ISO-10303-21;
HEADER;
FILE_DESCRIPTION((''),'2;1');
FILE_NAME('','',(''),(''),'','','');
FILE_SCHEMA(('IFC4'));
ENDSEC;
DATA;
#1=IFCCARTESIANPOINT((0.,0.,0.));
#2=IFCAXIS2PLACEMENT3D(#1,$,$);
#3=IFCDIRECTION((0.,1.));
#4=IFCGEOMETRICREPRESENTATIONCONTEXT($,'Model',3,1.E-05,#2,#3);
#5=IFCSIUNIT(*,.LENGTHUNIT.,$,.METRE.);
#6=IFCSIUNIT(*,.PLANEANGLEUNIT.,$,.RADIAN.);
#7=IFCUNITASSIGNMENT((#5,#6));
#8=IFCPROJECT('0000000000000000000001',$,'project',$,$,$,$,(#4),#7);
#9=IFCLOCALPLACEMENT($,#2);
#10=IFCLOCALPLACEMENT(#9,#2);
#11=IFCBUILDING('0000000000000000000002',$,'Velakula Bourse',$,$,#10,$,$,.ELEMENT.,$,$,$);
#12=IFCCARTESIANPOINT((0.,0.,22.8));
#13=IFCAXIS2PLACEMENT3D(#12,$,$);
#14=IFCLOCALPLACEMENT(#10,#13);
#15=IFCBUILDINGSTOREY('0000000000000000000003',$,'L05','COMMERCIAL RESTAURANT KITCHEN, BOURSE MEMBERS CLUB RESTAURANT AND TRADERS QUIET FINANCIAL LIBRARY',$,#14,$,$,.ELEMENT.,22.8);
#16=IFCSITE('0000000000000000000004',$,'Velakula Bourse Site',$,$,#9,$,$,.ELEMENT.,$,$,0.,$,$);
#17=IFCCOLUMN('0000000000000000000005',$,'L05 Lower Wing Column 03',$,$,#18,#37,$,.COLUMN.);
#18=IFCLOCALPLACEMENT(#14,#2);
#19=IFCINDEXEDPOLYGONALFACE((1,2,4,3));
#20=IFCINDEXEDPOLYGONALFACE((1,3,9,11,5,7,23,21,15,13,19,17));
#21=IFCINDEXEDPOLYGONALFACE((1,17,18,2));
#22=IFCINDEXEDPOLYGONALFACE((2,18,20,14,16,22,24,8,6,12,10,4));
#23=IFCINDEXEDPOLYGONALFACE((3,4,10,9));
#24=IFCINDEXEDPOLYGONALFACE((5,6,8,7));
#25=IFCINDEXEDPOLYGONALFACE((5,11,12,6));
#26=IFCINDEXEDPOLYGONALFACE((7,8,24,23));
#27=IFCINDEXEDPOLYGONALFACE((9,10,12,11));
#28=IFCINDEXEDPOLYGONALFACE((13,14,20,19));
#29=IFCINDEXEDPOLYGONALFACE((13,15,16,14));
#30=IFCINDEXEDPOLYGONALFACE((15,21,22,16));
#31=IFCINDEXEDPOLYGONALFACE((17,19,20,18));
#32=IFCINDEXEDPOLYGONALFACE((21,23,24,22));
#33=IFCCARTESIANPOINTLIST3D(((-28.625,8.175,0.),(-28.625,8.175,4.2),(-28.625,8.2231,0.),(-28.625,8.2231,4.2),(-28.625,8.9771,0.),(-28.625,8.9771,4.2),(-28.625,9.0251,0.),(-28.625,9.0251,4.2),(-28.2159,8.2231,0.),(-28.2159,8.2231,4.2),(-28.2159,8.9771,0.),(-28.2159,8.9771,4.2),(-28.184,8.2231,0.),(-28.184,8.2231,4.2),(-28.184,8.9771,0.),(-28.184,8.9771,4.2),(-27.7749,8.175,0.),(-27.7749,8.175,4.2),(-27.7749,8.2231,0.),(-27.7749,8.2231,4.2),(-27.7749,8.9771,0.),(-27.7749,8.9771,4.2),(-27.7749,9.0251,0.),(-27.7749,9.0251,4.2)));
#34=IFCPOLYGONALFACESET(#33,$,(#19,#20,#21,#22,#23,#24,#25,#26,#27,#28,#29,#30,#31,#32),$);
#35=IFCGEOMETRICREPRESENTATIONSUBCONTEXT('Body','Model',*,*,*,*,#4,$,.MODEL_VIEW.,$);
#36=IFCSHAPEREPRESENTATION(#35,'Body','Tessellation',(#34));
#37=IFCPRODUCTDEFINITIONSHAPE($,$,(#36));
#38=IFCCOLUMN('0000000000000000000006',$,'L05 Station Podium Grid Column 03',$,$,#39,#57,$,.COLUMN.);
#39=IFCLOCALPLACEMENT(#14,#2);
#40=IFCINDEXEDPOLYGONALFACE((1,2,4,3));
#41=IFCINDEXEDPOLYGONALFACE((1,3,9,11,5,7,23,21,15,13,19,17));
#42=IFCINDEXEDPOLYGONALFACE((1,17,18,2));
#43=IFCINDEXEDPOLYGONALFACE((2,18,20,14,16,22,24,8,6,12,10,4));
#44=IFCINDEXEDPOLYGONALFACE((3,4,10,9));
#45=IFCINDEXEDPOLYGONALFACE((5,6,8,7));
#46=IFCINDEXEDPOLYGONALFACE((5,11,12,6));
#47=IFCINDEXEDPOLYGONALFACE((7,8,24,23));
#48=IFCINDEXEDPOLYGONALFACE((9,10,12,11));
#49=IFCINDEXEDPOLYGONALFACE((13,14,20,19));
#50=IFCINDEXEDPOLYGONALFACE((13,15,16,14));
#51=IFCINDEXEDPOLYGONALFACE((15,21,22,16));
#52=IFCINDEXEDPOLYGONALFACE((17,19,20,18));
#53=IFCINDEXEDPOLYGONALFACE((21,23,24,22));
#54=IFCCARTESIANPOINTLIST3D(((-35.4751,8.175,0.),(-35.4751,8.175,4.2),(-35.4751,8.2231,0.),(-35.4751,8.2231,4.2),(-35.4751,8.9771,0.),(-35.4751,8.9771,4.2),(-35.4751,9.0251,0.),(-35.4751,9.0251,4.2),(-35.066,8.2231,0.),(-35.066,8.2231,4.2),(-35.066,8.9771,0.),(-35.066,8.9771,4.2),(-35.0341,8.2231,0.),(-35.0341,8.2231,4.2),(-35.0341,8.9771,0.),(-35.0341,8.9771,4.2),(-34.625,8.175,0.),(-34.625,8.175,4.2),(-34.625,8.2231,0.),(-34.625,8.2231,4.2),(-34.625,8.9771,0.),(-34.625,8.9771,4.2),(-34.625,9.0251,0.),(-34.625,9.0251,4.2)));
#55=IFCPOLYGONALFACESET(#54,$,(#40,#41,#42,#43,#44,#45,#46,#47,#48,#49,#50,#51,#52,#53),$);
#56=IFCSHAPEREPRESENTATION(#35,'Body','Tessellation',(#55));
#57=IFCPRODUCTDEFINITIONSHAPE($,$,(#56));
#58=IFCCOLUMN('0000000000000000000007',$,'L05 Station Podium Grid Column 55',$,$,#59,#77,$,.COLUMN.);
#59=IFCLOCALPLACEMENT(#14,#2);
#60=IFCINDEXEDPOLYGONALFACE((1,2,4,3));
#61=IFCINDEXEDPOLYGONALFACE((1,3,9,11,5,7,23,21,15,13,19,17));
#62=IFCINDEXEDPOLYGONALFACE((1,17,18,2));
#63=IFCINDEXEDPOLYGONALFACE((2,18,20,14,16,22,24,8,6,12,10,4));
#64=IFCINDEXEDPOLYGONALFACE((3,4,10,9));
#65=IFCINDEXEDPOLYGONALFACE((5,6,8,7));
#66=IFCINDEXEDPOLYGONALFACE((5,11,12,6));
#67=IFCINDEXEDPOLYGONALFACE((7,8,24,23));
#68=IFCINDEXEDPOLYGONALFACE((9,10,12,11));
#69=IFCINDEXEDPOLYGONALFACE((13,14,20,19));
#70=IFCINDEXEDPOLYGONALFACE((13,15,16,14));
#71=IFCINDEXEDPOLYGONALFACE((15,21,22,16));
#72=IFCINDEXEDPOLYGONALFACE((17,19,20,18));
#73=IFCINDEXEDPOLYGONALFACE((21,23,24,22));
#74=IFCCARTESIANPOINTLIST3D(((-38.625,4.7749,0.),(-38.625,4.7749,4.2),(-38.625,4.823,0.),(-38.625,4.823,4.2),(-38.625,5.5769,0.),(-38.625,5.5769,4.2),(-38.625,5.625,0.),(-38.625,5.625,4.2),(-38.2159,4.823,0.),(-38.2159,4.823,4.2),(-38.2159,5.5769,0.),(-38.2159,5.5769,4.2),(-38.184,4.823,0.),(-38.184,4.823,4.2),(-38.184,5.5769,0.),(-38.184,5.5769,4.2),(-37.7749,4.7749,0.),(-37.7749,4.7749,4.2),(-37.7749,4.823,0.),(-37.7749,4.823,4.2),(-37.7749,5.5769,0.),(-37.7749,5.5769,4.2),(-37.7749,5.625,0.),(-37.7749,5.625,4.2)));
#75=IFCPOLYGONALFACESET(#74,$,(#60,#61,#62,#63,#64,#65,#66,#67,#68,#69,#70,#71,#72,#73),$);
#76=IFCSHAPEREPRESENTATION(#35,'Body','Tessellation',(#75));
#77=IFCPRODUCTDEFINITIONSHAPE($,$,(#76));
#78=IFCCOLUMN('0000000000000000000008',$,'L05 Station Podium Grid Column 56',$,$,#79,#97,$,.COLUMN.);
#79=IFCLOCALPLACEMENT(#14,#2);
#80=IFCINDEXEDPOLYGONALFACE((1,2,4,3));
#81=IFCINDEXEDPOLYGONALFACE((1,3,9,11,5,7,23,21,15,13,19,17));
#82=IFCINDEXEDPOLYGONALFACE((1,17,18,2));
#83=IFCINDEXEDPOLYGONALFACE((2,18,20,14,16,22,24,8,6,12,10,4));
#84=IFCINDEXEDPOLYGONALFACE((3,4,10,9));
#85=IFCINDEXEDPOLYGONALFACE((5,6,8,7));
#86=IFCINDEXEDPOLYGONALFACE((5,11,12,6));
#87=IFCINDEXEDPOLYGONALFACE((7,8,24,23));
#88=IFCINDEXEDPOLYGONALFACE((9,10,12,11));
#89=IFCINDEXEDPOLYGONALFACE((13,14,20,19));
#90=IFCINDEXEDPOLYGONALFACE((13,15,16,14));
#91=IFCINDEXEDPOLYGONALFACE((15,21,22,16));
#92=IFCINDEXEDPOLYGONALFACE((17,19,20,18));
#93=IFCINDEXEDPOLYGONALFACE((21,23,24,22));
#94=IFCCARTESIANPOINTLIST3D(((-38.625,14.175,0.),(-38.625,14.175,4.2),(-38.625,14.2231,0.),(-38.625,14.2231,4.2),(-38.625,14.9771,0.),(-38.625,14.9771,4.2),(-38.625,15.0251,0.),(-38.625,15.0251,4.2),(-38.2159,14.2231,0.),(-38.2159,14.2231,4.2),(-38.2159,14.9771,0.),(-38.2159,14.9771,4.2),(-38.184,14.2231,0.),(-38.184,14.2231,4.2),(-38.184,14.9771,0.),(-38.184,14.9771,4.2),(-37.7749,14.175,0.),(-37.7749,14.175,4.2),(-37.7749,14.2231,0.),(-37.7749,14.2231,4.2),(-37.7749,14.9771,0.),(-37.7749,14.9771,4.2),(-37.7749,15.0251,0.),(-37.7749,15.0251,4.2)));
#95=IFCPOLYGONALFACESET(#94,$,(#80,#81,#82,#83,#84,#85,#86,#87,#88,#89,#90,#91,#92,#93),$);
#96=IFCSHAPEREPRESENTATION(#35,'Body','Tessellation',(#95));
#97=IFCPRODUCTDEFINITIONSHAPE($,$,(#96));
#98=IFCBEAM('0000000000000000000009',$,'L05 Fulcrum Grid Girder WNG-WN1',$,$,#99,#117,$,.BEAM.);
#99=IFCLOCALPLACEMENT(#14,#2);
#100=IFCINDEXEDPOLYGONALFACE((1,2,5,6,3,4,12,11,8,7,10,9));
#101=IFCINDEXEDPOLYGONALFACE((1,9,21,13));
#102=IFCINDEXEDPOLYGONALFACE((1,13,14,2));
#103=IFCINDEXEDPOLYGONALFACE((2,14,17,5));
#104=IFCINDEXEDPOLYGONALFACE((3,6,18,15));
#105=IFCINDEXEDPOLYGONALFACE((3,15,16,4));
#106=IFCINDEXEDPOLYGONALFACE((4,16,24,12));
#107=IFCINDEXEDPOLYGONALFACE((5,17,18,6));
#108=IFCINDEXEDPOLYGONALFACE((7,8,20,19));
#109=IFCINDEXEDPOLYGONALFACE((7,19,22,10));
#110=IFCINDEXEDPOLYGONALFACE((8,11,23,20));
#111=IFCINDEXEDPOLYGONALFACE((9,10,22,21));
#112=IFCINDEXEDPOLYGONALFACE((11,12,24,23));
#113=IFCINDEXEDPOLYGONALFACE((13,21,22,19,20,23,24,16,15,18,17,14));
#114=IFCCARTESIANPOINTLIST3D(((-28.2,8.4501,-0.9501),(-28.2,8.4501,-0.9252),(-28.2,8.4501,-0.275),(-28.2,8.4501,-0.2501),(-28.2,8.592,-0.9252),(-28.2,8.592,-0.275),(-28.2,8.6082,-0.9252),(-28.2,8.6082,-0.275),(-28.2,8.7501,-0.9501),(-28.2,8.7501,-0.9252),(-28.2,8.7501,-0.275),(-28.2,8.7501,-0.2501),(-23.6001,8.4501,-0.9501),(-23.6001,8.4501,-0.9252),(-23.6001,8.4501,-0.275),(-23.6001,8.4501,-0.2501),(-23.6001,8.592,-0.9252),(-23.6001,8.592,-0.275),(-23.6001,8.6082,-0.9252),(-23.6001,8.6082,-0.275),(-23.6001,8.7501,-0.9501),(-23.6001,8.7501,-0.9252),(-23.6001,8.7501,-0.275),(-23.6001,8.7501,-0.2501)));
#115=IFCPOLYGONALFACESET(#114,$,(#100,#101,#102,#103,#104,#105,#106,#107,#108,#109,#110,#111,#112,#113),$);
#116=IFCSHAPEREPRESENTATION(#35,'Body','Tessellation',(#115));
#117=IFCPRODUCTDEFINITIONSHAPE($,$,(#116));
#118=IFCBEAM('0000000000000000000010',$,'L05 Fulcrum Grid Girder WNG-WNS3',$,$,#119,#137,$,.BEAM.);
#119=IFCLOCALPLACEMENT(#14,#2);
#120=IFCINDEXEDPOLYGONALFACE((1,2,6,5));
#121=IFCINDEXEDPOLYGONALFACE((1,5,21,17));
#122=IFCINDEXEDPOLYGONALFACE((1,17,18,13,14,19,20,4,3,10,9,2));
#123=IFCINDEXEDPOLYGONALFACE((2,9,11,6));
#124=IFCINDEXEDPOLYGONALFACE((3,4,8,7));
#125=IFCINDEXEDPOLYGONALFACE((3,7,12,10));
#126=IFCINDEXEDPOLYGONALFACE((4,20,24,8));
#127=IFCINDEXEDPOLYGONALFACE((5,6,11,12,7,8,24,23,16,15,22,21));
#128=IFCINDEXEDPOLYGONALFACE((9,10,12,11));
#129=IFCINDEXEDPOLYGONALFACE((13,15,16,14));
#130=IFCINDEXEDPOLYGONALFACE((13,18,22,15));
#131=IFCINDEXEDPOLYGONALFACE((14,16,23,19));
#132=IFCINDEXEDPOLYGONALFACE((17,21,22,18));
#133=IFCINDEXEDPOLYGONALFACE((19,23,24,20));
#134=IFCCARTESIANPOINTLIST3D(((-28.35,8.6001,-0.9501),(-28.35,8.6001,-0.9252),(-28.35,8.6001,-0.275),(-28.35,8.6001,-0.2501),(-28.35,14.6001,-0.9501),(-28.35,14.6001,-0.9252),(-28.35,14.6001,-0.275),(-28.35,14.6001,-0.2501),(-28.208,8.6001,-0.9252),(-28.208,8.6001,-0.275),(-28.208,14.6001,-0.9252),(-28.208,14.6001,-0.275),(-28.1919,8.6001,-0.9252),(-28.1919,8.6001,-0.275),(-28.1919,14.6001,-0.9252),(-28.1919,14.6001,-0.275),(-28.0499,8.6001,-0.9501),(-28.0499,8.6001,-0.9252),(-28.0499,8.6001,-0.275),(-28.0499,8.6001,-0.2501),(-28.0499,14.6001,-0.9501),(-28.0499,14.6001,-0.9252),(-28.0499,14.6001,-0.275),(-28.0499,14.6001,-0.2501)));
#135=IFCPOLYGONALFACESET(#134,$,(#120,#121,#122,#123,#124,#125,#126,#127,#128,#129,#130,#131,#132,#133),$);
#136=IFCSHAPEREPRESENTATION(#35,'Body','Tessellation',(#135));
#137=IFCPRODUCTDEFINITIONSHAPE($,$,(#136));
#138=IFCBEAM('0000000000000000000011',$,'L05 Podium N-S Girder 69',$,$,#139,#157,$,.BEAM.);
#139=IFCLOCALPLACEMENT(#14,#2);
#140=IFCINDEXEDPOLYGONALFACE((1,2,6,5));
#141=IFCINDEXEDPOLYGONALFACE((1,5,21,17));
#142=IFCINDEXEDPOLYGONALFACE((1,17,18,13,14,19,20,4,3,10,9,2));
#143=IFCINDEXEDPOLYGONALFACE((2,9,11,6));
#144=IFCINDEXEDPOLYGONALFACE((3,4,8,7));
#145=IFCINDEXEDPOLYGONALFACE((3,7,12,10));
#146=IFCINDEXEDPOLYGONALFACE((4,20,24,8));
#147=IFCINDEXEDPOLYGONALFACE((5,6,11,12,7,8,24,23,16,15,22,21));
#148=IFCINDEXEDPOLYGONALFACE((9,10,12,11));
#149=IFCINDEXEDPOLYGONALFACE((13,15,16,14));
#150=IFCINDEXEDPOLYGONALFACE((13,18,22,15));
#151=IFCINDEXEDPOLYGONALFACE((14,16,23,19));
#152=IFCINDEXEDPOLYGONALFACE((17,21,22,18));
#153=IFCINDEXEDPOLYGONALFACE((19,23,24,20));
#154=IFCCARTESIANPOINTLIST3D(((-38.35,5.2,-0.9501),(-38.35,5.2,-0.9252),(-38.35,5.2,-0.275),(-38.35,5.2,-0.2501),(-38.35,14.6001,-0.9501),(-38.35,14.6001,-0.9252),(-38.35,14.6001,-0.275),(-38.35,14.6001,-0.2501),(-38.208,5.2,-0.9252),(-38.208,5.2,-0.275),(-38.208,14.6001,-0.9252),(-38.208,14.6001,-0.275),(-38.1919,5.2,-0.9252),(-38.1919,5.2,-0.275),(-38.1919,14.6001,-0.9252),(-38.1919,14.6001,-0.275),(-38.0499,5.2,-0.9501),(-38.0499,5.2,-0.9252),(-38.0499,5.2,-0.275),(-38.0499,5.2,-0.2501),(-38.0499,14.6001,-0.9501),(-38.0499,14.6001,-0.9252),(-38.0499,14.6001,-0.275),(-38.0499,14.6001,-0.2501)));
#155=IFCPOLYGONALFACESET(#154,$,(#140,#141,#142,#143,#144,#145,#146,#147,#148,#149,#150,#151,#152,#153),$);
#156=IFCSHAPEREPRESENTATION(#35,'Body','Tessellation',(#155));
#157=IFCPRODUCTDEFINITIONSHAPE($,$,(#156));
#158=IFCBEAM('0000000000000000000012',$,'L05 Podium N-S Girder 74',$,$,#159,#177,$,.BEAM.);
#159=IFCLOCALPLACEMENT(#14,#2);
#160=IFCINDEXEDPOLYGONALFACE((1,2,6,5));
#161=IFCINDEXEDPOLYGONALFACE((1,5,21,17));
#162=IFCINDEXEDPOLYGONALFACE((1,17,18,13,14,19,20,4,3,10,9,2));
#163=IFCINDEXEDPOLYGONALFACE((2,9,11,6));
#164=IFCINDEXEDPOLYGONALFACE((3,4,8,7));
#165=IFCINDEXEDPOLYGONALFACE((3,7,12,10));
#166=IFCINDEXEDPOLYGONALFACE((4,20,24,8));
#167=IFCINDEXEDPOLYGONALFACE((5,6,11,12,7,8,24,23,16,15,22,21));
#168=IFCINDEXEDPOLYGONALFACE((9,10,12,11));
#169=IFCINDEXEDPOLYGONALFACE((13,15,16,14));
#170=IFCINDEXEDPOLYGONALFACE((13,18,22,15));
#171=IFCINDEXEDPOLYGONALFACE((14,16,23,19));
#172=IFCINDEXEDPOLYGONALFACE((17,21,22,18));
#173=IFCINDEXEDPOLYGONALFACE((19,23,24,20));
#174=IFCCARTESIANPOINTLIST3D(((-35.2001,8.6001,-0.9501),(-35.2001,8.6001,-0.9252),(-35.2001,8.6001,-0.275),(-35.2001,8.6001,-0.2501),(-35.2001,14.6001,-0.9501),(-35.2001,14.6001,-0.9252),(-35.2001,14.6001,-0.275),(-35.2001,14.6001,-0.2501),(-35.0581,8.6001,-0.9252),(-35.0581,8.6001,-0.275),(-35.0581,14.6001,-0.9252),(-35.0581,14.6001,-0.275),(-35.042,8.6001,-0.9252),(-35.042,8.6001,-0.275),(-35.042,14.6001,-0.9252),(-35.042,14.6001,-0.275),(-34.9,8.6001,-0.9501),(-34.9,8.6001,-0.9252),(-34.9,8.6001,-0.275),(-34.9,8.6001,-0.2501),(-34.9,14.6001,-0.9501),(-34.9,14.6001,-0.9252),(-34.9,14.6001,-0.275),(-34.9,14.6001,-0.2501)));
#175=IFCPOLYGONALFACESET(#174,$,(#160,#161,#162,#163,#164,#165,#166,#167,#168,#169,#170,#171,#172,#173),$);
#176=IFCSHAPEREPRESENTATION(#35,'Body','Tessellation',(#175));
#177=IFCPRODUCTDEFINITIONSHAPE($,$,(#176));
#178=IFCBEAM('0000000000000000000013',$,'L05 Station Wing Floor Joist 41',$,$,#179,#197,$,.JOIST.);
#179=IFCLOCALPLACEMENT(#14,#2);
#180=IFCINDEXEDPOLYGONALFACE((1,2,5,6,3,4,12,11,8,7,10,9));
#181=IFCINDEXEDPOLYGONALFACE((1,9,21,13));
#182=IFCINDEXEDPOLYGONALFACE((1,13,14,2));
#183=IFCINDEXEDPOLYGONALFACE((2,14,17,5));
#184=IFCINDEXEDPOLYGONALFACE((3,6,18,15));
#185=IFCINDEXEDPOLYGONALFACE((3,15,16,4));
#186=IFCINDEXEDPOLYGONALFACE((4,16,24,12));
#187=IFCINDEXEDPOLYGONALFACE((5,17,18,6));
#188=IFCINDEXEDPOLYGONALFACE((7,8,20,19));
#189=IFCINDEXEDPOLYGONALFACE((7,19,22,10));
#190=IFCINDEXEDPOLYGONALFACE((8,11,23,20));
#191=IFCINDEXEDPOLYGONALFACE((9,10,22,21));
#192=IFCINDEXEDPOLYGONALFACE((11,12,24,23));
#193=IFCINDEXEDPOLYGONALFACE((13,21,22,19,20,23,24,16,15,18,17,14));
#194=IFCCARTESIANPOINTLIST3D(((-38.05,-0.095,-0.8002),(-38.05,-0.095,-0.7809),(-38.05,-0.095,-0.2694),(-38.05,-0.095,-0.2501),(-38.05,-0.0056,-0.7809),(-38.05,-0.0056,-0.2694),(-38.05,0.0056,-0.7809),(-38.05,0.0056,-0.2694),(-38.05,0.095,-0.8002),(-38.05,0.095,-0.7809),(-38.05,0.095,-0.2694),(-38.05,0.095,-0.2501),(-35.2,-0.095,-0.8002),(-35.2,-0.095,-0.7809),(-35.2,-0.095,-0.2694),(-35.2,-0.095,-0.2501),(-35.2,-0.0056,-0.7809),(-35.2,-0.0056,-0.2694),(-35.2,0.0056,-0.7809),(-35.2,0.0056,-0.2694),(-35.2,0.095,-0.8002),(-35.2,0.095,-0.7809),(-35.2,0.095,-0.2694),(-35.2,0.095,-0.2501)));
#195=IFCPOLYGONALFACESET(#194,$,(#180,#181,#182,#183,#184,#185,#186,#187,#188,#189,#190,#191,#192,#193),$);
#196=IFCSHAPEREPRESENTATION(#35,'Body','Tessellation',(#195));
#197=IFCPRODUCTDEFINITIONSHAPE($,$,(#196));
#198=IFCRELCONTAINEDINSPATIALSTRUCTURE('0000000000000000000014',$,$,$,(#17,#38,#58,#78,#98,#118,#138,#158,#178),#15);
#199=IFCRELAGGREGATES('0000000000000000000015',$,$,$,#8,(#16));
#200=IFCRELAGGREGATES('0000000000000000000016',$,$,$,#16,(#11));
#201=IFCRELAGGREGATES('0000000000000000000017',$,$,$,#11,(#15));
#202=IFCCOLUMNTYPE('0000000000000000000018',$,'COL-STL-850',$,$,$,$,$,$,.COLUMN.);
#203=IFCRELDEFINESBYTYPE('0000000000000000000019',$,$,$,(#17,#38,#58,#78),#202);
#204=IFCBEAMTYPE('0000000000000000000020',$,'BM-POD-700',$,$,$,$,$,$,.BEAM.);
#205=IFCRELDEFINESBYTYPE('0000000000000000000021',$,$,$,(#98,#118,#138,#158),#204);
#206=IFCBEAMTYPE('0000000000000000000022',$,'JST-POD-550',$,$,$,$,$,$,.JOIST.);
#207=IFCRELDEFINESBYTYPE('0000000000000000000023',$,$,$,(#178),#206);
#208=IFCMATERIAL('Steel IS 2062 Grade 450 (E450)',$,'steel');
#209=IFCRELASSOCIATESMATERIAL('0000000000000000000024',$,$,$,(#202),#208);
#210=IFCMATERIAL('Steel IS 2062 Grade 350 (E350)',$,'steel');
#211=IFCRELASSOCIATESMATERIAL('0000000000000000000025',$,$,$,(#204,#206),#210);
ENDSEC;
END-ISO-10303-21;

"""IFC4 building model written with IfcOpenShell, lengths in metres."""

from ifc_helpers import new_model, si_unit, direction, frame, origin, origin_2d, place, context, subcontext, project, spatial, i_section, extrude, material, material_profile, profile_set, type_object, element, save


model = new_model("IFC4")

# Units and contexts
model_context = context("Model", 3, precision=1e-05, world=origin(), true_north=direction((0.0, 1.0)))
body_context = subcontext(model_context, "Body", "Model", "MODEL_VIEW")
ifc_project = project(units=[si_unit("LENGTHUNIT", "METRE"), si_unit("PLANEANGLEUNIT", "RADIAN")], contexts=[model_context])

# Site, building, storey
site_placement = place(None, origin())
site = spatial("IfcSite", under=ifc_project, at=site_placement, Name="Velakula Bourse Site", CompositionType="ELEMENT", RefElevation=0.0)
building_placement = place(site_placement, origin())
building = spatial("IfcBuilding", under=site, at=building_placement, Name="Velakula Bourse", CompositionType="ELEMENT")
storey_placement = place(building_placement, frame((0.0, 0.0, 22.8)))
storey = spatial("IfcBuildingStorey", under=building, at=storey_placement, Name="L05", Description="COMMERCIAL RESTAURANT KITCHEN, BOURSE MEMBERS CLUB RESTAURANT AND TRADERS QUIET FINANCIAL LIBRARY", CompositionType="ELEMENT", Elevation=22.8)

# Columns
ifc_material_1 = material(Name="Steel IS 2062 Grade 450 (E450)", Category="steel")
ifc_material_profile_1 = material_profile(ifc_material_1, i_section(OverallWidth=0.8501, OverallDepth=0.8501, WebThickness=0.032, FlangeThickness=0.0481, at=origin_2d()), Name="Steel IS 2062 Grade 450 (E450)")
ifc_profile_set_1 = profile_set([ifc_material_profile_1], Name="Steel IS 2062 Grade 450 (E450)")
column_type = type_object("IfcColumnType", Name="COL-STL-850", PredefinedType="COLUMN", material=ifc_profile_set_1)
for number, where, z_axis, x_axis, name in (
    (1, (-28.2, 8.6001, 0.0), (0.0, 0.0, 1.0), (1.0, 0.0, 0.0), "L05 Lower Wing Column 03"),
    (2, (-35.05, 8.6001, 0.0), (0.0, 0.0, 1.0), (1.0, 0.0, 0.0), "L05 Station Podium Grid Column 03"),
    (3, (-38.2, 5.2, 0.0), (0.0, 0.0, 1.0), (1.0, 0.0, 0.0), "L05 Station Podium Grid Column 55"),
    (4, (-38.2, 14.6001, 0.0), (0.0, 0.0, 1.0), (1.0, 0.0, 0.0), "L05 Station Podium Grid Column 56"),
):
    element("IfcColumn", number, at=place(storey_placement, frame(where, z_axis=z_axis, x_axis=x_axis)), inside=storey, type_object=column_type, Name=name, PredefinedType="COLUMN", context=body_context, shape_type="SweptSolid", body=[
        extrude(i_section(OverallWidth=0.8501, OverallDepth=0.8501, WebThickness=0.032, FlangeThickness=0.0481, at=origin_2d()), origin(), (0.0, 0.0, 1.0), 4.2),
    ])

# Beams
ifc_material_2 = material(Name="Steel IS 2062 Grade 350 (E350)", Category="steel")
ifc_material_profile_2 = material_profile(ifc_material_2, i_section(OverallWidth=0.3, OverallDepth=0.7, WebThickness=0.0161, FlangeThickness=0.0249, at=origin_2d()), Name="Steel IS 2062 Grade 350 (E350)")
ifc_profile_set_2 = profile_set([ifc_material_profile_2], Name="Steel IS 2062 Grade 350 (E350)")
beam_type_1 = type_object("IfcBeamType", Name="BM-POD-700", PredefinedType="BEAM", material=ifc_profile_set_2)
beam_1_placement = place(storey_placement, frame((-28.2, 8.6001, -0.6001), z_axis=(1.0, 0.0, 0.0), x_axis=(0.0, 1.0, 0.0)))
element("IfcBeam", 5, at=beam_1_placement, inside=storey, type_object=beam_type_1, Name="L05 Fulcrum Grid Girder WNG-WN1", PredefinedType="BEAM", context=body_context, shape_type="SweptSolid", body=[
    extrude(i_section(OverallWidth=0.3, OverallDepth=0.7, WebThickness=0.0161, FlangeThickness=0.0249, at=origin_2d()), origin(), (0.0, 0.0, 1.0), 4.5999),
])
beam_2_placement = place(storey_placement, frame((-28.2, 8.6001, -0.6001), z_axis=(0.0, 1.0, 0.0), x_axis=(-1.0, 0.0, 0.0)))
element("IfcBeam", 6, at=beam_2_placement, inside=storey, type_object=beam_type_1, Name="L05 Fulcrum Grid Girder WNG-WNS3", PredefinedType="BEAM", context=body_context, shape_type="SweptSolid", body=[
    extrude(i_section(OverallWidth=0.3, OverallDepth=0.7, WebThickness=0.0161, FlangeThickness=0.0249, at=origin_2d()), origin(), (0.0, 0.0, 1.0), 6.0),
])
beam_3_placement = place(storey_placement, frame((-38.2, 5.2, -0.6001), z_axis=(0.0, 1.0, 0.0), x_axis=(-1.0, 0.0, 0.0)))
element("IfcBeam", 7, at=beam_3_placement, inside=storey, type_object=beam_type_1, Name="L05 Podium N-S Girder 69", PredefinedType="BEAM", context=body_context, shape_type="SweptSolid", body=[
    extrude(i_section(OverallWidth=0.3, OverallDepth=0.7, WebThickness=0.0161, FlangeThickness=0.0249, at=origin_2d()), origin(), (0.0, 0.0, 1.0), 9.4001),
])
beam_4_placement = place(storey_placement, frame((-35.05, 8.6001, -0.6001), z_axis=(0.0, 1.0, 0.0), x_axis=(-1.0, 0.0, 0.0)))
element("IfcBeam", 8, at=beam_4_placement, inside=storey, type_object=beam_type_1, Name="L05 Podium N-S Girder 74", PredefinedType="BEAM", context=body_context, shape_type="SweptSolid", body=[
    extrude(i_section(OverallWidth=0.3, OverallDepth=0.7, WebThickness=0.0161, FlangeThickness=0.0249, at=origin_2d()), origin(), (0.0, 0.0, 1.0), 6.0),
])
ifc_material_profile_3 = material_profile(ifc_material_2, i_section(OverallWidth=0.1899, OverallDepth=0.55, WebThickness=0.0112, FlangeThickness=0.0193, at=origin_2d()), Name="Steel IS 2062 Grade 350 (E350)")
ifc_profile_set_3 = profile_set([ifc_material_profile_3], Name="Steel IS 2062 Grade 350 (E350)")
beam_type_2 = type_object("IfcBeamType", Name="JST-POD-550", PredefinedType="JOIST", material=ifc_profile_set_3)
beam_5_placement = place(storey_placement, frame((-38.05, 0.0, -0.5251), z_axis=(1.0, 0.0, 0.0), x_axis=(0.0, 1.0, 0.0)))
element("IfcBeam", 9, at=beam_5_placement, inside=storey, type_object=beam_type_2, Name="L05 Station Wing Floor Joist 41", PredefinedType="JOIST", context=body_context, shape_type="SweptSolid", body=[
    extrude(i_section(OverallWidth=0.1899, OverallDepth=0.55, WebThickness=0.0112, FlangeThickness=0.0193, at=origin_2d()), origin(), (0.0, 0.0, 1.0), 2.8501),
])

save(model, "model.ifc")
